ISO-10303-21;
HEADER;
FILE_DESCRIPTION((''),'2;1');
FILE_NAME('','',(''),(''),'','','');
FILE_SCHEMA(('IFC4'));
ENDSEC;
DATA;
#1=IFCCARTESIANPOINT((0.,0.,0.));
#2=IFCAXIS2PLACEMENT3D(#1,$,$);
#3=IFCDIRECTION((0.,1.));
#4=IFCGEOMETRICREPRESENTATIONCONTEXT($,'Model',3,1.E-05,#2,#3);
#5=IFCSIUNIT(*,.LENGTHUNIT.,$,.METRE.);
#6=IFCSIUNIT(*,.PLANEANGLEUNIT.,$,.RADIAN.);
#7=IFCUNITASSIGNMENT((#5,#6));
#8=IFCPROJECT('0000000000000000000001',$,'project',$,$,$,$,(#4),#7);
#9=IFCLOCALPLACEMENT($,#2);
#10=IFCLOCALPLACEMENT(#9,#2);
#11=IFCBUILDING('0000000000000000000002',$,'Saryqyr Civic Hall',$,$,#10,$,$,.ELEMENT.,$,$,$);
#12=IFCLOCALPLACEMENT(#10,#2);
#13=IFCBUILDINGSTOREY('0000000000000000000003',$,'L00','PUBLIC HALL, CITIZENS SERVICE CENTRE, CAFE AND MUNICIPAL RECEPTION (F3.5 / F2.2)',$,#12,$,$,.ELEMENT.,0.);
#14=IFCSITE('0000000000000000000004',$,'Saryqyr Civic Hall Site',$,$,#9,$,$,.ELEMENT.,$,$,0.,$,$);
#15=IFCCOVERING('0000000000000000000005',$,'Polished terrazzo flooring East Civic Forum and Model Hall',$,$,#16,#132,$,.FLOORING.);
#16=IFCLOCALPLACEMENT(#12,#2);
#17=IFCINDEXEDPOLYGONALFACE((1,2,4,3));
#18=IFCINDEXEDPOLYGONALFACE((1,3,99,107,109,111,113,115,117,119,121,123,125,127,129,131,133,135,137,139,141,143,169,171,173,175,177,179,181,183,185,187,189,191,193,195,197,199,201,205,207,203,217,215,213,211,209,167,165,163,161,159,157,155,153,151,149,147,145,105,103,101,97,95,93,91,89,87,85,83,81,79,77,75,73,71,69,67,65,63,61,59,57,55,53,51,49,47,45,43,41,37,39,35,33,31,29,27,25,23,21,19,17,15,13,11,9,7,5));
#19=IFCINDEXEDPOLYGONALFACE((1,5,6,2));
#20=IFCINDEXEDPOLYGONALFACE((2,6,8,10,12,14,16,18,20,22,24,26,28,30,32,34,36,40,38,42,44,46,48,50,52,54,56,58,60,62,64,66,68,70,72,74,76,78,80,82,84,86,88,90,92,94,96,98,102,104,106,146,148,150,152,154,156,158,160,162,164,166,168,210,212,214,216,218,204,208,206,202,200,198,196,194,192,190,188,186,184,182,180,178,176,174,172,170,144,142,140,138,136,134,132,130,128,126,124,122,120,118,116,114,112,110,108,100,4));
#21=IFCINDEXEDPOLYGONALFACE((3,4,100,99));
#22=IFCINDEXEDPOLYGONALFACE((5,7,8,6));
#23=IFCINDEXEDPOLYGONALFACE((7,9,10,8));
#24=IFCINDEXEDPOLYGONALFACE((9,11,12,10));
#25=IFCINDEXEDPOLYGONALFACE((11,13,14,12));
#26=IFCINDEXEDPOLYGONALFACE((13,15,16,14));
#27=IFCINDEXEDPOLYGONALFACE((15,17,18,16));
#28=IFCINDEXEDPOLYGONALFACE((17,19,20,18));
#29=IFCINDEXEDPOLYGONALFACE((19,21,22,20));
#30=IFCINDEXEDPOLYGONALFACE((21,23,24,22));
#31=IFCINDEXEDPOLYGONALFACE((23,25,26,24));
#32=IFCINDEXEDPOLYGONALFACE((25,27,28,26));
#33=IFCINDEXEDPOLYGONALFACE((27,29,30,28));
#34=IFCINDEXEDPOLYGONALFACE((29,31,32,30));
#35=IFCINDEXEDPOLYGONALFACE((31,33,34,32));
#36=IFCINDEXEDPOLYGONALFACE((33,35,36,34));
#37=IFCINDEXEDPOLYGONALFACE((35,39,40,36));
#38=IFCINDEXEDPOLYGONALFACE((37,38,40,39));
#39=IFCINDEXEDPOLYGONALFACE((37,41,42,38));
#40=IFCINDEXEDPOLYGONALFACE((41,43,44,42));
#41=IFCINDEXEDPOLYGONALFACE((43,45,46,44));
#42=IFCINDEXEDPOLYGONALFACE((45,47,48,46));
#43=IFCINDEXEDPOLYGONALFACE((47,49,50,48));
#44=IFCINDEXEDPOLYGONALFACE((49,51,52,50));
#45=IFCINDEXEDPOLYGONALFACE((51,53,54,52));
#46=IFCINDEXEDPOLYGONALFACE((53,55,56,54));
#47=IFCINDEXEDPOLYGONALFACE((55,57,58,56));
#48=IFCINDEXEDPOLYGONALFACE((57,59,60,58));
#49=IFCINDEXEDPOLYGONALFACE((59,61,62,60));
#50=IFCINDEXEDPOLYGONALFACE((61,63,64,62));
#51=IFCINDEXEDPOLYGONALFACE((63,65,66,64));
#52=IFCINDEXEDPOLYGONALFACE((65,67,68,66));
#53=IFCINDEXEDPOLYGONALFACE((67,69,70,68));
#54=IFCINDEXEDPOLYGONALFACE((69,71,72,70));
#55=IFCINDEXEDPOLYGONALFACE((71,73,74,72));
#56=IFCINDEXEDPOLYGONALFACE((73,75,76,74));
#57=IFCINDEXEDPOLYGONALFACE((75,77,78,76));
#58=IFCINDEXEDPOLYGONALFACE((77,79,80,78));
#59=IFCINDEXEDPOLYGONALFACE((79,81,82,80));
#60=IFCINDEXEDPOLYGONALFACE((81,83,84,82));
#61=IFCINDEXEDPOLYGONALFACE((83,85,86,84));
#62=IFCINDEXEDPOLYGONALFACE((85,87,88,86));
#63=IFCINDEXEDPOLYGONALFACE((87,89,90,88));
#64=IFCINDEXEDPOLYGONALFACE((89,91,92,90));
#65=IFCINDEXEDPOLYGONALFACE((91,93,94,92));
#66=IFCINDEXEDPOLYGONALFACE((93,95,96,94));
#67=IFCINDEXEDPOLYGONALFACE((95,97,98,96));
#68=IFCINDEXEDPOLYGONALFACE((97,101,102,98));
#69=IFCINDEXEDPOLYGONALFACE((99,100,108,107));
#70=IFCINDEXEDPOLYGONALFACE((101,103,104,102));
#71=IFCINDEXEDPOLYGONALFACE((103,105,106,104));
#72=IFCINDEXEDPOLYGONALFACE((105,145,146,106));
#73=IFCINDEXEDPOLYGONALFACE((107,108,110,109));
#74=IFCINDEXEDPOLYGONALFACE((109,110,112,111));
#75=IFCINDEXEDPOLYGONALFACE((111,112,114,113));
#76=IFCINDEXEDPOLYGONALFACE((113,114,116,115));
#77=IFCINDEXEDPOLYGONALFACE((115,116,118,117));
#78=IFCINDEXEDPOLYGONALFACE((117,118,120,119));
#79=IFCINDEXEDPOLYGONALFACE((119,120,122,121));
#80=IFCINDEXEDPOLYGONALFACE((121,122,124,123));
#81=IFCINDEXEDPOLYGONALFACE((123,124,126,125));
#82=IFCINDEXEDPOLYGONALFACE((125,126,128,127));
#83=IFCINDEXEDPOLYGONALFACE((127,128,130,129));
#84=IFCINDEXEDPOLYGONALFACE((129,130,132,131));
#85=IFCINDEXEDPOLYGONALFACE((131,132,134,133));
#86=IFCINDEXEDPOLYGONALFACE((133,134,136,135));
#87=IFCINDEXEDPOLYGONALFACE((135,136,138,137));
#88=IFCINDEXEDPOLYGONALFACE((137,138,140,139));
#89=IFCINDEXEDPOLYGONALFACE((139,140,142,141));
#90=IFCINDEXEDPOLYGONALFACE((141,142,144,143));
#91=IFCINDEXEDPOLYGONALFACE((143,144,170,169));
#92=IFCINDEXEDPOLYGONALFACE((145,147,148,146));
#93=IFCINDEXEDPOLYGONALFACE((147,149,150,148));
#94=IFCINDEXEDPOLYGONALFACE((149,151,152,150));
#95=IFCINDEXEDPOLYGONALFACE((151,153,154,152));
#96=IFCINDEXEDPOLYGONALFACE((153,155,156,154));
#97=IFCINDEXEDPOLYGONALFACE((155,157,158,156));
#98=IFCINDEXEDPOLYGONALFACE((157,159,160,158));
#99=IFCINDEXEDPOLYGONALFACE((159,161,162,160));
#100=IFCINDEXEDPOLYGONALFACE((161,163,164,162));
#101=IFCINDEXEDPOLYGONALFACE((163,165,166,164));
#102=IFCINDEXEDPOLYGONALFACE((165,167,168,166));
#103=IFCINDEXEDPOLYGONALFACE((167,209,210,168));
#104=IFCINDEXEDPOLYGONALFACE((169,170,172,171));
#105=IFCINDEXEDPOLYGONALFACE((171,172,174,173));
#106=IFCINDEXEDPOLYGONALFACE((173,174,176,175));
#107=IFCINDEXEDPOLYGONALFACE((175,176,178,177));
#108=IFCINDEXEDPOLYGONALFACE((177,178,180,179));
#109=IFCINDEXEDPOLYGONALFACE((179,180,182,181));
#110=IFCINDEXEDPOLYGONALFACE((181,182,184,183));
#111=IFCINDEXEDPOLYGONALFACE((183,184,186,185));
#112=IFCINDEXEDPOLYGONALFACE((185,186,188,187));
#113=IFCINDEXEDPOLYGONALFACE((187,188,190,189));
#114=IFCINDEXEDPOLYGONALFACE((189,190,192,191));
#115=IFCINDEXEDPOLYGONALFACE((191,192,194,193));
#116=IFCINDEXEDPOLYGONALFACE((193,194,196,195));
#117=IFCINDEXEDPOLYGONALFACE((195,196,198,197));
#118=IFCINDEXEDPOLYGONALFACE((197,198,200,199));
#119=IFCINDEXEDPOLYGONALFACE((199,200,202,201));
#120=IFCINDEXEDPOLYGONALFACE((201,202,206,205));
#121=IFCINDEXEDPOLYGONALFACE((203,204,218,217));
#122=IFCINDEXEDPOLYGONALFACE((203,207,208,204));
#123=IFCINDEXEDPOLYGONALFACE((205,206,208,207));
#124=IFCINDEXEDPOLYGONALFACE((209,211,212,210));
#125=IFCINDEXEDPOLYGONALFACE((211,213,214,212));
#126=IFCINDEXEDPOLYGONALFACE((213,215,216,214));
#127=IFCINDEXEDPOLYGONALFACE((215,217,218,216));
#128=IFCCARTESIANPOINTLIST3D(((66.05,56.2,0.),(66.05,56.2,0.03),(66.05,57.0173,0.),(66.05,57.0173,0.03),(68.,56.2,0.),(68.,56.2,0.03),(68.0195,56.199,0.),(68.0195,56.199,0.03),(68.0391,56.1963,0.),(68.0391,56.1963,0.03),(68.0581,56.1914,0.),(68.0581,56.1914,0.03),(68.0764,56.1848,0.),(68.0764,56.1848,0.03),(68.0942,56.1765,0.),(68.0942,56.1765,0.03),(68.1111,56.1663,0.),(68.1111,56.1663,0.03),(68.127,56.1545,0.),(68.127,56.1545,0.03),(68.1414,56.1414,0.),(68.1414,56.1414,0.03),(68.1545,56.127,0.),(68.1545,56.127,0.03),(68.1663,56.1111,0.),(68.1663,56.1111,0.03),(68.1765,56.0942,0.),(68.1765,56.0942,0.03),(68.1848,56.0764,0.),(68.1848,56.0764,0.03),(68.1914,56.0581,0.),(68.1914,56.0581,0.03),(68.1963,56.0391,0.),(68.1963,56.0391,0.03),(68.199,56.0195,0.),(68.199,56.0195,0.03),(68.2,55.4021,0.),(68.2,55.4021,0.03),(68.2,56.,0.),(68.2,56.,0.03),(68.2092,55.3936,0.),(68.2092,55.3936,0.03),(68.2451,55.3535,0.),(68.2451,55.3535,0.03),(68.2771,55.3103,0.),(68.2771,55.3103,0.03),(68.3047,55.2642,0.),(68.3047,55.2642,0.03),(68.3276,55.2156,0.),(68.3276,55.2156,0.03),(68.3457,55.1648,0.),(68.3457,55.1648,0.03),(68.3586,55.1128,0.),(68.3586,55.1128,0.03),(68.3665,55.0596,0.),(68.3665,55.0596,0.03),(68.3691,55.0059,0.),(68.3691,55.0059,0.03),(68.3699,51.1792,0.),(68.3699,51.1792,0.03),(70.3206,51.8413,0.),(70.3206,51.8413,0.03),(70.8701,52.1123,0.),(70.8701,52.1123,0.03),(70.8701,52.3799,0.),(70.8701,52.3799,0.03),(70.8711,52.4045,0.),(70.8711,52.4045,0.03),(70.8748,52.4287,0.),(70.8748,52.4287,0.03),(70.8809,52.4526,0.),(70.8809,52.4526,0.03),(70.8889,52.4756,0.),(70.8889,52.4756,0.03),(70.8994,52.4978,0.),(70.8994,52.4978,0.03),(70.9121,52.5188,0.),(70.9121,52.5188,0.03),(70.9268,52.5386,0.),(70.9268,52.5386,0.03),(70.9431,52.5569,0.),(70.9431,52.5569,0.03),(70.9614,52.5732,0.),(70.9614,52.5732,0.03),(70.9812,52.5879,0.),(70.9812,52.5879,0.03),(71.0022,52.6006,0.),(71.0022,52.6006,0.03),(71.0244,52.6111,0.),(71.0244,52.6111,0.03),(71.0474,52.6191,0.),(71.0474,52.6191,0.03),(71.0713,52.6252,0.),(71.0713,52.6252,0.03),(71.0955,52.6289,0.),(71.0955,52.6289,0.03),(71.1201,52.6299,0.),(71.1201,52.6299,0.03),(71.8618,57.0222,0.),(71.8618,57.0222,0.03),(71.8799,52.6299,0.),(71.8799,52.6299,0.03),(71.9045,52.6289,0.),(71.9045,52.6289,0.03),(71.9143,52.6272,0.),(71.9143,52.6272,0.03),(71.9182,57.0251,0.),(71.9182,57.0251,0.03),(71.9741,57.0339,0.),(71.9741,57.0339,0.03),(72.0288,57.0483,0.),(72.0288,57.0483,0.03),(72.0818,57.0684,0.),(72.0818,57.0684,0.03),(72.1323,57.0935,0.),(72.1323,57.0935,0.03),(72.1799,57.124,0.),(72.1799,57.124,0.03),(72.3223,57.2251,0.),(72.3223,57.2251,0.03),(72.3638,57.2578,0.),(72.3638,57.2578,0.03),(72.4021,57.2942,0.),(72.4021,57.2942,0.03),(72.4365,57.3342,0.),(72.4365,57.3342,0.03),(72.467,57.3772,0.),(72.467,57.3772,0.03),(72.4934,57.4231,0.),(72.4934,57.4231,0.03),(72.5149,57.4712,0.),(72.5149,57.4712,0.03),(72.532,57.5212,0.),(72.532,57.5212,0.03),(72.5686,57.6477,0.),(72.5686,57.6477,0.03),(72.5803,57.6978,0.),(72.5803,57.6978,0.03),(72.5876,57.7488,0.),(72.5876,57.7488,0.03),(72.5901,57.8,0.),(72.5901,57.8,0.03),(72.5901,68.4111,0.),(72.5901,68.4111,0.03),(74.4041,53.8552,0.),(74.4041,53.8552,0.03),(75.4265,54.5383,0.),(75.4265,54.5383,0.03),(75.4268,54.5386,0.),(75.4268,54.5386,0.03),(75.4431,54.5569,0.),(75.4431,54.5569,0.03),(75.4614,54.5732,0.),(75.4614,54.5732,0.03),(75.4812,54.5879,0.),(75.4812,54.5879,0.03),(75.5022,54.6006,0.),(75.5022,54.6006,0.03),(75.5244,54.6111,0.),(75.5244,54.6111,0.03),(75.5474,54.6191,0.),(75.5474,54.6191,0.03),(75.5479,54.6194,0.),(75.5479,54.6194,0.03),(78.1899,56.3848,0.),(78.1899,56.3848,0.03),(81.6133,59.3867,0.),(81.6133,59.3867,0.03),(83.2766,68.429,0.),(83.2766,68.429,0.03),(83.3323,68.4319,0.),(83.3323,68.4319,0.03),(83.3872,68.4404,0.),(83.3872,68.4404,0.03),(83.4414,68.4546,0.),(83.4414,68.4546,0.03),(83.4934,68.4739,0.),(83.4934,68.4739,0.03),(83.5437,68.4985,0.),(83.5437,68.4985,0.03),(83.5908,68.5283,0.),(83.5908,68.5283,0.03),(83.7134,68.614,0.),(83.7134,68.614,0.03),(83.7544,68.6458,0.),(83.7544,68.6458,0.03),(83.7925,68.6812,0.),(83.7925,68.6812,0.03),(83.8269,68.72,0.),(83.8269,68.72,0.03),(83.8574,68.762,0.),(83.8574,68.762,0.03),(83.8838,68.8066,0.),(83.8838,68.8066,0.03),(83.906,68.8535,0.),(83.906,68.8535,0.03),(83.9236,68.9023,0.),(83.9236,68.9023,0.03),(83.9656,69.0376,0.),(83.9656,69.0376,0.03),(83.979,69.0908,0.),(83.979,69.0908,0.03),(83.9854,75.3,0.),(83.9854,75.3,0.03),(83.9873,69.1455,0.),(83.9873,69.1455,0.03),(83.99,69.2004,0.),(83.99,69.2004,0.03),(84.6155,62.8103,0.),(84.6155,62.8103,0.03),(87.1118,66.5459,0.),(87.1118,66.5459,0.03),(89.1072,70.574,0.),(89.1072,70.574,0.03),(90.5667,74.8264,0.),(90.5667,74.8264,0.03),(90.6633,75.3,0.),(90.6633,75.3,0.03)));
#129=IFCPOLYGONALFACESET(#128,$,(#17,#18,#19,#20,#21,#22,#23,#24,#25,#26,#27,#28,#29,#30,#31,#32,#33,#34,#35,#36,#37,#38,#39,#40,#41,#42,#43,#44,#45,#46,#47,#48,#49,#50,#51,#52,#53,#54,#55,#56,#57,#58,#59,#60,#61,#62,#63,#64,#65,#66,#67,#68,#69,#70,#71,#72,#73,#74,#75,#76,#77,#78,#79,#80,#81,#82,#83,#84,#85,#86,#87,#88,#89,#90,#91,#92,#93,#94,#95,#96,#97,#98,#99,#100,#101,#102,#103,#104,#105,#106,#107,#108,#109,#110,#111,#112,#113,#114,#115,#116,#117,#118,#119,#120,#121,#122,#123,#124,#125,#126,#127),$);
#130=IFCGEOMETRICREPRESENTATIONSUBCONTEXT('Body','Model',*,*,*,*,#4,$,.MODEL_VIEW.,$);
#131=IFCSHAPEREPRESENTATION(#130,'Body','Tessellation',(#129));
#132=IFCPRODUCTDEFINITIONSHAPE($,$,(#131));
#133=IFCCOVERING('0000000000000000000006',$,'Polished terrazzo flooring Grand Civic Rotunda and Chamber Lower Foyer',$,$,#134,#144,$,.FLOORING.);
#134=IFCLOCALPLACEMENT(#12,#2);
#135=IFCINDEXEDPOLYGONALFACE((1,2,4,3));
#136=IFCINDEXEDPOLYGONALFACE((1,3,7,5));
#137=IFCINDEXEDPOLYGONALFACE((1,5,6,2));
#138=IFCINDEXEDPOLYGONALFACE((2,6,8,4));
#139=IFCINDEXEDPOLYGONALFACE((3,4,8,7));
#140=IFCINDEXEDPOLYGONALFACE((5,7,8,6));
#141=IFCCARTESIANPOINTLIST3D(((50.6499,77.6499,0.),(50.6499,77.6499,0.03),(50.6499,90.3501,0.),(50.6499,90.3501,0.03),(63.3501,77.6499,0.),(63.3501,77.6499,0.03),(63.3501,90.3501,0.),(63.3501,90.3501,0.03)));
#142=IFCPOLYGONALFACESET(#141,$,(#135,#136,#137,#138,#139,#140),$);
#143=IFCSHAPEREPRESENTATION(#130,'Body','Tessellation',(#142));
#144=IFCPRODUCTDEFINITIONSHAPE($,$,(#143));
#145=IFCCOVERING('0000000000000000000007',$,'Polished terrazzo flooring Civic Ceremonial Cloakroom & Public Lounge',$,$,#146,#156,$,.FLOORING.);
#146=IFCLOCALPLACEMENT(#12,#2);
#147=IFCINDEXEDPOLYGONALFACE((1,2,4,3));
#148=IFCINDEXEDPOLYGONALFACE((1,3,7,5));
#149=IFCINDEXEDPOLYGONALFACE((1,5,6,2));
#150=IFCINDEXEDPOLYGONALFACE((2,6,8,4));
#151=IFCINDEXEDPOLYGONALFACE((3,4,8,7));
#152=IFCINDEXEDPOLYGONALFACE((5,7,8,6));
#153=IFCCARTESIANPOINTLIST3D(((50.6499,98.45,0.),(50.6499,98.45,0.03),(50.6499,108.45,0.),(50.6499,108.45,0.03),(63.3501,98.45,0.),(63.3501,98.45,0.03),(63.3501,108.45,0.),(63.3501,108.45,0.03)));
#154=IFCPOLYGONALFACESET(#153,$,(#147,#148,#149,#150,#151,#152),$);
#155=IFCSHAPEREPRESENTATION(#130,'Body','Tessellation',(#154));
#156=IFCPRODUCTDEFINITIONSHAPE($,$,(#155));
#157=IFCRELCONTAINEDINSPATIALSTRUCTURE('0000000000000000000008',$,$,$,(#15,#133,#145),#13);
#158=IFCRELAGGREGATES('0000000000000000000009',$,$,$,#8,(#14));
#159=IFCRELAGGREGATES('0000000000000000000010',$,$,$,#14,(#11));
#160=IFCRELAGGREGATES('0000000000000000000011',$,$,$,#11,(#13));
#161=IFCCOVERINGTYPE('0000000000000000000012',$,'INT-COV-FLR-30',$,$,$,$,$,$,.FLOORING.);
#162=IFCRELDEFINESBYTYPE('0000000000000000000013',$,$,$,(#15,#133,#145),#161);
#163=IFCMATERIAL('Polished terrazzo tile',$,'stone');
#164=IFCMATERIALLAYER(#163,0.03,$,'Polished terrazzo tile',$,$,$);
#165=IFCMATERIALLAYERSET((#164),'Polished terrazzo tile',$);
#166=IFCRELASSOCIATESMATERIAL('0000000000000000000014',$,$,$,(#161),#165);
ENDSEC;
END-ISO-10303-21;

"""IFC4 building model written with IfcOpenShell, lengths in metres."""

from ifc_helpers import new_model, si_unit, direction, origin, place, context, subcontext, project, spatial, polyline, outline, extrude, material, layer, layer_set, type_object, element, save


model = new_model("IFC4")

# Units and contexts
model_context = context("Model", 3, precision=1e-05, world=origin(), true_north=direction((0.0, 1.0)))
body_context = subcontext(model_context, "Body", "Model", "MODEL_VIEW")
ifc_project = project(units=[si_unit("LENGTHUNIT", "METRE"), si_unit("PLANEANGLEUNIT", "RADIAN")], contexts=[model_context])

# Site, building, storey
site_placement = place(None, origin())
site = spatial("IfcSite", under=ifc_project, at=site_placement, Name="Saryqyr Civic Hall Site", CompositionType="ELEMENT", RefElevation=0.0)
building_placement = place(site_placement, origin())
building = spatial("IfcBuilding", under=site, at=building_placement, Name="Saryqyr Civic Hall", CompositionType="ELEMENT")
storey_placement = place(building_placement, origin())
storey = spatial("IfcBuildingStorey", under=building, at=storey_placement, Name="L00", Description="PUBLIC HALL, CITIZENS SERVICE CENTRE, CAFE AND MUNICIPAL RECEPTION (F3.5 / F2.2)", CompositionType="ELEMENT", Elevation=0.0)

# Coverings
ifc_material_1 = material(Name="Polished terrazzo tile", Category="stone")
ifc_layer_1 = layer(ifc_material_1, 0.03, Name="Polished terrazzo tile")
ifc_layer_set_1 = layer_set([ifc_layer_1], Name="Polished terrazzo tile")
covering_type = type_object("IfcCoveringType", Name="INT-COV-FLR-30", PredefinedType="FLOORING", material=ifc_layer_set_1)
covering_1_placement = place(storey_placement, origin())
element("IfcCovering", 1, at=covering_1_placement, inside=storey, type_object=covering_type, Name="Polished terrazzo flooring East Civic Forum and Model Hall", PredefinedType="FLOORING", context=body_context, shape_type="SweptSolid", body=[
    extrude(outline(polyline([(90.5667, 74.8264), (89.1072, 70.574), (87.1118, 66.5459), (84.6155, 62.8103), (81.6133, 59.3867), (78.1899, 56.3848), (75.5479, 54.6194), (75.5474, 54.6191), (75.5244, 54.6111), (75.5022, 54.6006), (75.4812, 54.5879), (75.4614, 54.5732), (75.4431, 54.5569), (75.4268, 54.5386), (75.4265, 54.5383), (74.4041, 53.8552), (71.9143, 52.6272), (71.9045, 52.6289), (71.8799, 52.6299), (71.1201, 52.6299), (71.0955, 52.6289), (71.0713, 52.6252), (71.0474, 52.6191), (71.0244, 52.6111), (71.0022, 52.6006), (70.9812, 52.5879), (70.9614, 52.5732), (70.9431, 52.5569), (70.9268, 52.5386), (70.9121, 52.5188), (70.8994, 52.4978), (70.8889, 52.4756), (70.8809, 52.4526), (70.8748, 52.4287), (70.8711, 52.4045), (70.8701, 52.3799), (70.8701, 52.1123), (70.3206, 51.8413), (68.3699, 51.1792), (68.3691, 55.0059), (68.3665, 55.0596), (68.3586, 55.1128), (68.3457, 55.1648), (68.3276, 55.2156), (68.3047, 55.2642), (68.2771, 55.3103), (68.2451, 55.3535), (68.2092, 55.3936), (68.2, 55.4021), (68.2, 56.0), (68.199, 56.0195), (68.1963, 56.0391), (68.1914, 56.0581), (68.1848, 56.0764), (68.1765, 56.0942), (68.1663, 56.1111), (68.1545, 56.127), (68.1414, 56.1414), (68.127, 56.1545), (68.1111, 56.1663), (68.0942, 56.1765), (68.0764, 56.1848), (68.0581, 56.1914), (68.0391, 56.1963), (68.0195, 56.199), (68.0, 56.2), (66.05, 56.2), (66.05, 57.0173), (71.8618, 57.0222), (71.9182, 57.0251), (71.9741, 57.0339), (72.0288, 57.0483), (72.0818, 57.0684), (72.1323, 57.0935), (72.1799, 57.124), (72.3223, 57.2251), (72.3638, 57.2578), (72.4021, 57.2942), (72.4365, 57.3342), (72.467, 57.3772), (72.4934, 57.4231), (72.5149, 57.4712), (72.532, 57.5212), (72.5686, 57.6477), (72.5803, 57.6978), (72.5876, 57.7488), (72.5901, 57.8), (72.5901, 68.4111), (83.2766, 68.429), (83.3323, 68.4319), (83.3872, 68.4404), (83.4414, 68.4546), (83.4934, 68.4739), (83.5437, 68.4985), (83.5908, 68.5283), (83.7134, 68.614), (83.7544, 68.6458), (83.7925, 68.6812), (83.8269, 68.72), (83.8574, 68.762), (83.8838, 68.8066), (83.906, 68.8535), (83.9236, 68.9023), (83.9656, 69.0376), (83.979, 69.0908), (83.9873, 69.1455), (83.99, 69.2004), (83.9854, 75.3), (90.6633, 75.3), (90.5667, 74.8264)])), origin(), (0.0, 0.0, 1.0), 0.03),
])
covering_2_placement = place(storey_placement, origin())
element("IfcCovering", 2, at=covering_2_placement, inside=storey, type_object=covering_type, Name="Polished terrazzo flooring Grand Civic Rotunda and Chamber Lower Foyer", PredefinedType="FLOORING", context=body_context, shape_type="SweptSolid", body=[
    extrude(outline(polyline([(50.6499, 77.6499), (50.6499, 90.3501), (63.3501, 90.3501), (63.3501, 77.6499), (50.6499, 77.6499)])), origin(), (0.0, 0.0, 1.0), 0.03),
])
covering_3_placement = place(storey_placement, origin())
element("IfcCovering", 3, at=covering_3_placement, inside=storey, type_object=covering_type, Name="Polished terrazzo flooring Civic Ceremonial Cloakroom & Public Lounge", PredefinedType="FLOORING", context=body_context, shape_type="SweptSolid", body=[
    extrude(outline(polyline([(50.6499, 98.45), (50.6499, 108.45), (63.3501, 108.45), (63.3501, 98.45), (50.6499, 98.45)])), origin(), (0.0, 0.0, 1.0), 0.03),
])

save(model, "model.ifc")
